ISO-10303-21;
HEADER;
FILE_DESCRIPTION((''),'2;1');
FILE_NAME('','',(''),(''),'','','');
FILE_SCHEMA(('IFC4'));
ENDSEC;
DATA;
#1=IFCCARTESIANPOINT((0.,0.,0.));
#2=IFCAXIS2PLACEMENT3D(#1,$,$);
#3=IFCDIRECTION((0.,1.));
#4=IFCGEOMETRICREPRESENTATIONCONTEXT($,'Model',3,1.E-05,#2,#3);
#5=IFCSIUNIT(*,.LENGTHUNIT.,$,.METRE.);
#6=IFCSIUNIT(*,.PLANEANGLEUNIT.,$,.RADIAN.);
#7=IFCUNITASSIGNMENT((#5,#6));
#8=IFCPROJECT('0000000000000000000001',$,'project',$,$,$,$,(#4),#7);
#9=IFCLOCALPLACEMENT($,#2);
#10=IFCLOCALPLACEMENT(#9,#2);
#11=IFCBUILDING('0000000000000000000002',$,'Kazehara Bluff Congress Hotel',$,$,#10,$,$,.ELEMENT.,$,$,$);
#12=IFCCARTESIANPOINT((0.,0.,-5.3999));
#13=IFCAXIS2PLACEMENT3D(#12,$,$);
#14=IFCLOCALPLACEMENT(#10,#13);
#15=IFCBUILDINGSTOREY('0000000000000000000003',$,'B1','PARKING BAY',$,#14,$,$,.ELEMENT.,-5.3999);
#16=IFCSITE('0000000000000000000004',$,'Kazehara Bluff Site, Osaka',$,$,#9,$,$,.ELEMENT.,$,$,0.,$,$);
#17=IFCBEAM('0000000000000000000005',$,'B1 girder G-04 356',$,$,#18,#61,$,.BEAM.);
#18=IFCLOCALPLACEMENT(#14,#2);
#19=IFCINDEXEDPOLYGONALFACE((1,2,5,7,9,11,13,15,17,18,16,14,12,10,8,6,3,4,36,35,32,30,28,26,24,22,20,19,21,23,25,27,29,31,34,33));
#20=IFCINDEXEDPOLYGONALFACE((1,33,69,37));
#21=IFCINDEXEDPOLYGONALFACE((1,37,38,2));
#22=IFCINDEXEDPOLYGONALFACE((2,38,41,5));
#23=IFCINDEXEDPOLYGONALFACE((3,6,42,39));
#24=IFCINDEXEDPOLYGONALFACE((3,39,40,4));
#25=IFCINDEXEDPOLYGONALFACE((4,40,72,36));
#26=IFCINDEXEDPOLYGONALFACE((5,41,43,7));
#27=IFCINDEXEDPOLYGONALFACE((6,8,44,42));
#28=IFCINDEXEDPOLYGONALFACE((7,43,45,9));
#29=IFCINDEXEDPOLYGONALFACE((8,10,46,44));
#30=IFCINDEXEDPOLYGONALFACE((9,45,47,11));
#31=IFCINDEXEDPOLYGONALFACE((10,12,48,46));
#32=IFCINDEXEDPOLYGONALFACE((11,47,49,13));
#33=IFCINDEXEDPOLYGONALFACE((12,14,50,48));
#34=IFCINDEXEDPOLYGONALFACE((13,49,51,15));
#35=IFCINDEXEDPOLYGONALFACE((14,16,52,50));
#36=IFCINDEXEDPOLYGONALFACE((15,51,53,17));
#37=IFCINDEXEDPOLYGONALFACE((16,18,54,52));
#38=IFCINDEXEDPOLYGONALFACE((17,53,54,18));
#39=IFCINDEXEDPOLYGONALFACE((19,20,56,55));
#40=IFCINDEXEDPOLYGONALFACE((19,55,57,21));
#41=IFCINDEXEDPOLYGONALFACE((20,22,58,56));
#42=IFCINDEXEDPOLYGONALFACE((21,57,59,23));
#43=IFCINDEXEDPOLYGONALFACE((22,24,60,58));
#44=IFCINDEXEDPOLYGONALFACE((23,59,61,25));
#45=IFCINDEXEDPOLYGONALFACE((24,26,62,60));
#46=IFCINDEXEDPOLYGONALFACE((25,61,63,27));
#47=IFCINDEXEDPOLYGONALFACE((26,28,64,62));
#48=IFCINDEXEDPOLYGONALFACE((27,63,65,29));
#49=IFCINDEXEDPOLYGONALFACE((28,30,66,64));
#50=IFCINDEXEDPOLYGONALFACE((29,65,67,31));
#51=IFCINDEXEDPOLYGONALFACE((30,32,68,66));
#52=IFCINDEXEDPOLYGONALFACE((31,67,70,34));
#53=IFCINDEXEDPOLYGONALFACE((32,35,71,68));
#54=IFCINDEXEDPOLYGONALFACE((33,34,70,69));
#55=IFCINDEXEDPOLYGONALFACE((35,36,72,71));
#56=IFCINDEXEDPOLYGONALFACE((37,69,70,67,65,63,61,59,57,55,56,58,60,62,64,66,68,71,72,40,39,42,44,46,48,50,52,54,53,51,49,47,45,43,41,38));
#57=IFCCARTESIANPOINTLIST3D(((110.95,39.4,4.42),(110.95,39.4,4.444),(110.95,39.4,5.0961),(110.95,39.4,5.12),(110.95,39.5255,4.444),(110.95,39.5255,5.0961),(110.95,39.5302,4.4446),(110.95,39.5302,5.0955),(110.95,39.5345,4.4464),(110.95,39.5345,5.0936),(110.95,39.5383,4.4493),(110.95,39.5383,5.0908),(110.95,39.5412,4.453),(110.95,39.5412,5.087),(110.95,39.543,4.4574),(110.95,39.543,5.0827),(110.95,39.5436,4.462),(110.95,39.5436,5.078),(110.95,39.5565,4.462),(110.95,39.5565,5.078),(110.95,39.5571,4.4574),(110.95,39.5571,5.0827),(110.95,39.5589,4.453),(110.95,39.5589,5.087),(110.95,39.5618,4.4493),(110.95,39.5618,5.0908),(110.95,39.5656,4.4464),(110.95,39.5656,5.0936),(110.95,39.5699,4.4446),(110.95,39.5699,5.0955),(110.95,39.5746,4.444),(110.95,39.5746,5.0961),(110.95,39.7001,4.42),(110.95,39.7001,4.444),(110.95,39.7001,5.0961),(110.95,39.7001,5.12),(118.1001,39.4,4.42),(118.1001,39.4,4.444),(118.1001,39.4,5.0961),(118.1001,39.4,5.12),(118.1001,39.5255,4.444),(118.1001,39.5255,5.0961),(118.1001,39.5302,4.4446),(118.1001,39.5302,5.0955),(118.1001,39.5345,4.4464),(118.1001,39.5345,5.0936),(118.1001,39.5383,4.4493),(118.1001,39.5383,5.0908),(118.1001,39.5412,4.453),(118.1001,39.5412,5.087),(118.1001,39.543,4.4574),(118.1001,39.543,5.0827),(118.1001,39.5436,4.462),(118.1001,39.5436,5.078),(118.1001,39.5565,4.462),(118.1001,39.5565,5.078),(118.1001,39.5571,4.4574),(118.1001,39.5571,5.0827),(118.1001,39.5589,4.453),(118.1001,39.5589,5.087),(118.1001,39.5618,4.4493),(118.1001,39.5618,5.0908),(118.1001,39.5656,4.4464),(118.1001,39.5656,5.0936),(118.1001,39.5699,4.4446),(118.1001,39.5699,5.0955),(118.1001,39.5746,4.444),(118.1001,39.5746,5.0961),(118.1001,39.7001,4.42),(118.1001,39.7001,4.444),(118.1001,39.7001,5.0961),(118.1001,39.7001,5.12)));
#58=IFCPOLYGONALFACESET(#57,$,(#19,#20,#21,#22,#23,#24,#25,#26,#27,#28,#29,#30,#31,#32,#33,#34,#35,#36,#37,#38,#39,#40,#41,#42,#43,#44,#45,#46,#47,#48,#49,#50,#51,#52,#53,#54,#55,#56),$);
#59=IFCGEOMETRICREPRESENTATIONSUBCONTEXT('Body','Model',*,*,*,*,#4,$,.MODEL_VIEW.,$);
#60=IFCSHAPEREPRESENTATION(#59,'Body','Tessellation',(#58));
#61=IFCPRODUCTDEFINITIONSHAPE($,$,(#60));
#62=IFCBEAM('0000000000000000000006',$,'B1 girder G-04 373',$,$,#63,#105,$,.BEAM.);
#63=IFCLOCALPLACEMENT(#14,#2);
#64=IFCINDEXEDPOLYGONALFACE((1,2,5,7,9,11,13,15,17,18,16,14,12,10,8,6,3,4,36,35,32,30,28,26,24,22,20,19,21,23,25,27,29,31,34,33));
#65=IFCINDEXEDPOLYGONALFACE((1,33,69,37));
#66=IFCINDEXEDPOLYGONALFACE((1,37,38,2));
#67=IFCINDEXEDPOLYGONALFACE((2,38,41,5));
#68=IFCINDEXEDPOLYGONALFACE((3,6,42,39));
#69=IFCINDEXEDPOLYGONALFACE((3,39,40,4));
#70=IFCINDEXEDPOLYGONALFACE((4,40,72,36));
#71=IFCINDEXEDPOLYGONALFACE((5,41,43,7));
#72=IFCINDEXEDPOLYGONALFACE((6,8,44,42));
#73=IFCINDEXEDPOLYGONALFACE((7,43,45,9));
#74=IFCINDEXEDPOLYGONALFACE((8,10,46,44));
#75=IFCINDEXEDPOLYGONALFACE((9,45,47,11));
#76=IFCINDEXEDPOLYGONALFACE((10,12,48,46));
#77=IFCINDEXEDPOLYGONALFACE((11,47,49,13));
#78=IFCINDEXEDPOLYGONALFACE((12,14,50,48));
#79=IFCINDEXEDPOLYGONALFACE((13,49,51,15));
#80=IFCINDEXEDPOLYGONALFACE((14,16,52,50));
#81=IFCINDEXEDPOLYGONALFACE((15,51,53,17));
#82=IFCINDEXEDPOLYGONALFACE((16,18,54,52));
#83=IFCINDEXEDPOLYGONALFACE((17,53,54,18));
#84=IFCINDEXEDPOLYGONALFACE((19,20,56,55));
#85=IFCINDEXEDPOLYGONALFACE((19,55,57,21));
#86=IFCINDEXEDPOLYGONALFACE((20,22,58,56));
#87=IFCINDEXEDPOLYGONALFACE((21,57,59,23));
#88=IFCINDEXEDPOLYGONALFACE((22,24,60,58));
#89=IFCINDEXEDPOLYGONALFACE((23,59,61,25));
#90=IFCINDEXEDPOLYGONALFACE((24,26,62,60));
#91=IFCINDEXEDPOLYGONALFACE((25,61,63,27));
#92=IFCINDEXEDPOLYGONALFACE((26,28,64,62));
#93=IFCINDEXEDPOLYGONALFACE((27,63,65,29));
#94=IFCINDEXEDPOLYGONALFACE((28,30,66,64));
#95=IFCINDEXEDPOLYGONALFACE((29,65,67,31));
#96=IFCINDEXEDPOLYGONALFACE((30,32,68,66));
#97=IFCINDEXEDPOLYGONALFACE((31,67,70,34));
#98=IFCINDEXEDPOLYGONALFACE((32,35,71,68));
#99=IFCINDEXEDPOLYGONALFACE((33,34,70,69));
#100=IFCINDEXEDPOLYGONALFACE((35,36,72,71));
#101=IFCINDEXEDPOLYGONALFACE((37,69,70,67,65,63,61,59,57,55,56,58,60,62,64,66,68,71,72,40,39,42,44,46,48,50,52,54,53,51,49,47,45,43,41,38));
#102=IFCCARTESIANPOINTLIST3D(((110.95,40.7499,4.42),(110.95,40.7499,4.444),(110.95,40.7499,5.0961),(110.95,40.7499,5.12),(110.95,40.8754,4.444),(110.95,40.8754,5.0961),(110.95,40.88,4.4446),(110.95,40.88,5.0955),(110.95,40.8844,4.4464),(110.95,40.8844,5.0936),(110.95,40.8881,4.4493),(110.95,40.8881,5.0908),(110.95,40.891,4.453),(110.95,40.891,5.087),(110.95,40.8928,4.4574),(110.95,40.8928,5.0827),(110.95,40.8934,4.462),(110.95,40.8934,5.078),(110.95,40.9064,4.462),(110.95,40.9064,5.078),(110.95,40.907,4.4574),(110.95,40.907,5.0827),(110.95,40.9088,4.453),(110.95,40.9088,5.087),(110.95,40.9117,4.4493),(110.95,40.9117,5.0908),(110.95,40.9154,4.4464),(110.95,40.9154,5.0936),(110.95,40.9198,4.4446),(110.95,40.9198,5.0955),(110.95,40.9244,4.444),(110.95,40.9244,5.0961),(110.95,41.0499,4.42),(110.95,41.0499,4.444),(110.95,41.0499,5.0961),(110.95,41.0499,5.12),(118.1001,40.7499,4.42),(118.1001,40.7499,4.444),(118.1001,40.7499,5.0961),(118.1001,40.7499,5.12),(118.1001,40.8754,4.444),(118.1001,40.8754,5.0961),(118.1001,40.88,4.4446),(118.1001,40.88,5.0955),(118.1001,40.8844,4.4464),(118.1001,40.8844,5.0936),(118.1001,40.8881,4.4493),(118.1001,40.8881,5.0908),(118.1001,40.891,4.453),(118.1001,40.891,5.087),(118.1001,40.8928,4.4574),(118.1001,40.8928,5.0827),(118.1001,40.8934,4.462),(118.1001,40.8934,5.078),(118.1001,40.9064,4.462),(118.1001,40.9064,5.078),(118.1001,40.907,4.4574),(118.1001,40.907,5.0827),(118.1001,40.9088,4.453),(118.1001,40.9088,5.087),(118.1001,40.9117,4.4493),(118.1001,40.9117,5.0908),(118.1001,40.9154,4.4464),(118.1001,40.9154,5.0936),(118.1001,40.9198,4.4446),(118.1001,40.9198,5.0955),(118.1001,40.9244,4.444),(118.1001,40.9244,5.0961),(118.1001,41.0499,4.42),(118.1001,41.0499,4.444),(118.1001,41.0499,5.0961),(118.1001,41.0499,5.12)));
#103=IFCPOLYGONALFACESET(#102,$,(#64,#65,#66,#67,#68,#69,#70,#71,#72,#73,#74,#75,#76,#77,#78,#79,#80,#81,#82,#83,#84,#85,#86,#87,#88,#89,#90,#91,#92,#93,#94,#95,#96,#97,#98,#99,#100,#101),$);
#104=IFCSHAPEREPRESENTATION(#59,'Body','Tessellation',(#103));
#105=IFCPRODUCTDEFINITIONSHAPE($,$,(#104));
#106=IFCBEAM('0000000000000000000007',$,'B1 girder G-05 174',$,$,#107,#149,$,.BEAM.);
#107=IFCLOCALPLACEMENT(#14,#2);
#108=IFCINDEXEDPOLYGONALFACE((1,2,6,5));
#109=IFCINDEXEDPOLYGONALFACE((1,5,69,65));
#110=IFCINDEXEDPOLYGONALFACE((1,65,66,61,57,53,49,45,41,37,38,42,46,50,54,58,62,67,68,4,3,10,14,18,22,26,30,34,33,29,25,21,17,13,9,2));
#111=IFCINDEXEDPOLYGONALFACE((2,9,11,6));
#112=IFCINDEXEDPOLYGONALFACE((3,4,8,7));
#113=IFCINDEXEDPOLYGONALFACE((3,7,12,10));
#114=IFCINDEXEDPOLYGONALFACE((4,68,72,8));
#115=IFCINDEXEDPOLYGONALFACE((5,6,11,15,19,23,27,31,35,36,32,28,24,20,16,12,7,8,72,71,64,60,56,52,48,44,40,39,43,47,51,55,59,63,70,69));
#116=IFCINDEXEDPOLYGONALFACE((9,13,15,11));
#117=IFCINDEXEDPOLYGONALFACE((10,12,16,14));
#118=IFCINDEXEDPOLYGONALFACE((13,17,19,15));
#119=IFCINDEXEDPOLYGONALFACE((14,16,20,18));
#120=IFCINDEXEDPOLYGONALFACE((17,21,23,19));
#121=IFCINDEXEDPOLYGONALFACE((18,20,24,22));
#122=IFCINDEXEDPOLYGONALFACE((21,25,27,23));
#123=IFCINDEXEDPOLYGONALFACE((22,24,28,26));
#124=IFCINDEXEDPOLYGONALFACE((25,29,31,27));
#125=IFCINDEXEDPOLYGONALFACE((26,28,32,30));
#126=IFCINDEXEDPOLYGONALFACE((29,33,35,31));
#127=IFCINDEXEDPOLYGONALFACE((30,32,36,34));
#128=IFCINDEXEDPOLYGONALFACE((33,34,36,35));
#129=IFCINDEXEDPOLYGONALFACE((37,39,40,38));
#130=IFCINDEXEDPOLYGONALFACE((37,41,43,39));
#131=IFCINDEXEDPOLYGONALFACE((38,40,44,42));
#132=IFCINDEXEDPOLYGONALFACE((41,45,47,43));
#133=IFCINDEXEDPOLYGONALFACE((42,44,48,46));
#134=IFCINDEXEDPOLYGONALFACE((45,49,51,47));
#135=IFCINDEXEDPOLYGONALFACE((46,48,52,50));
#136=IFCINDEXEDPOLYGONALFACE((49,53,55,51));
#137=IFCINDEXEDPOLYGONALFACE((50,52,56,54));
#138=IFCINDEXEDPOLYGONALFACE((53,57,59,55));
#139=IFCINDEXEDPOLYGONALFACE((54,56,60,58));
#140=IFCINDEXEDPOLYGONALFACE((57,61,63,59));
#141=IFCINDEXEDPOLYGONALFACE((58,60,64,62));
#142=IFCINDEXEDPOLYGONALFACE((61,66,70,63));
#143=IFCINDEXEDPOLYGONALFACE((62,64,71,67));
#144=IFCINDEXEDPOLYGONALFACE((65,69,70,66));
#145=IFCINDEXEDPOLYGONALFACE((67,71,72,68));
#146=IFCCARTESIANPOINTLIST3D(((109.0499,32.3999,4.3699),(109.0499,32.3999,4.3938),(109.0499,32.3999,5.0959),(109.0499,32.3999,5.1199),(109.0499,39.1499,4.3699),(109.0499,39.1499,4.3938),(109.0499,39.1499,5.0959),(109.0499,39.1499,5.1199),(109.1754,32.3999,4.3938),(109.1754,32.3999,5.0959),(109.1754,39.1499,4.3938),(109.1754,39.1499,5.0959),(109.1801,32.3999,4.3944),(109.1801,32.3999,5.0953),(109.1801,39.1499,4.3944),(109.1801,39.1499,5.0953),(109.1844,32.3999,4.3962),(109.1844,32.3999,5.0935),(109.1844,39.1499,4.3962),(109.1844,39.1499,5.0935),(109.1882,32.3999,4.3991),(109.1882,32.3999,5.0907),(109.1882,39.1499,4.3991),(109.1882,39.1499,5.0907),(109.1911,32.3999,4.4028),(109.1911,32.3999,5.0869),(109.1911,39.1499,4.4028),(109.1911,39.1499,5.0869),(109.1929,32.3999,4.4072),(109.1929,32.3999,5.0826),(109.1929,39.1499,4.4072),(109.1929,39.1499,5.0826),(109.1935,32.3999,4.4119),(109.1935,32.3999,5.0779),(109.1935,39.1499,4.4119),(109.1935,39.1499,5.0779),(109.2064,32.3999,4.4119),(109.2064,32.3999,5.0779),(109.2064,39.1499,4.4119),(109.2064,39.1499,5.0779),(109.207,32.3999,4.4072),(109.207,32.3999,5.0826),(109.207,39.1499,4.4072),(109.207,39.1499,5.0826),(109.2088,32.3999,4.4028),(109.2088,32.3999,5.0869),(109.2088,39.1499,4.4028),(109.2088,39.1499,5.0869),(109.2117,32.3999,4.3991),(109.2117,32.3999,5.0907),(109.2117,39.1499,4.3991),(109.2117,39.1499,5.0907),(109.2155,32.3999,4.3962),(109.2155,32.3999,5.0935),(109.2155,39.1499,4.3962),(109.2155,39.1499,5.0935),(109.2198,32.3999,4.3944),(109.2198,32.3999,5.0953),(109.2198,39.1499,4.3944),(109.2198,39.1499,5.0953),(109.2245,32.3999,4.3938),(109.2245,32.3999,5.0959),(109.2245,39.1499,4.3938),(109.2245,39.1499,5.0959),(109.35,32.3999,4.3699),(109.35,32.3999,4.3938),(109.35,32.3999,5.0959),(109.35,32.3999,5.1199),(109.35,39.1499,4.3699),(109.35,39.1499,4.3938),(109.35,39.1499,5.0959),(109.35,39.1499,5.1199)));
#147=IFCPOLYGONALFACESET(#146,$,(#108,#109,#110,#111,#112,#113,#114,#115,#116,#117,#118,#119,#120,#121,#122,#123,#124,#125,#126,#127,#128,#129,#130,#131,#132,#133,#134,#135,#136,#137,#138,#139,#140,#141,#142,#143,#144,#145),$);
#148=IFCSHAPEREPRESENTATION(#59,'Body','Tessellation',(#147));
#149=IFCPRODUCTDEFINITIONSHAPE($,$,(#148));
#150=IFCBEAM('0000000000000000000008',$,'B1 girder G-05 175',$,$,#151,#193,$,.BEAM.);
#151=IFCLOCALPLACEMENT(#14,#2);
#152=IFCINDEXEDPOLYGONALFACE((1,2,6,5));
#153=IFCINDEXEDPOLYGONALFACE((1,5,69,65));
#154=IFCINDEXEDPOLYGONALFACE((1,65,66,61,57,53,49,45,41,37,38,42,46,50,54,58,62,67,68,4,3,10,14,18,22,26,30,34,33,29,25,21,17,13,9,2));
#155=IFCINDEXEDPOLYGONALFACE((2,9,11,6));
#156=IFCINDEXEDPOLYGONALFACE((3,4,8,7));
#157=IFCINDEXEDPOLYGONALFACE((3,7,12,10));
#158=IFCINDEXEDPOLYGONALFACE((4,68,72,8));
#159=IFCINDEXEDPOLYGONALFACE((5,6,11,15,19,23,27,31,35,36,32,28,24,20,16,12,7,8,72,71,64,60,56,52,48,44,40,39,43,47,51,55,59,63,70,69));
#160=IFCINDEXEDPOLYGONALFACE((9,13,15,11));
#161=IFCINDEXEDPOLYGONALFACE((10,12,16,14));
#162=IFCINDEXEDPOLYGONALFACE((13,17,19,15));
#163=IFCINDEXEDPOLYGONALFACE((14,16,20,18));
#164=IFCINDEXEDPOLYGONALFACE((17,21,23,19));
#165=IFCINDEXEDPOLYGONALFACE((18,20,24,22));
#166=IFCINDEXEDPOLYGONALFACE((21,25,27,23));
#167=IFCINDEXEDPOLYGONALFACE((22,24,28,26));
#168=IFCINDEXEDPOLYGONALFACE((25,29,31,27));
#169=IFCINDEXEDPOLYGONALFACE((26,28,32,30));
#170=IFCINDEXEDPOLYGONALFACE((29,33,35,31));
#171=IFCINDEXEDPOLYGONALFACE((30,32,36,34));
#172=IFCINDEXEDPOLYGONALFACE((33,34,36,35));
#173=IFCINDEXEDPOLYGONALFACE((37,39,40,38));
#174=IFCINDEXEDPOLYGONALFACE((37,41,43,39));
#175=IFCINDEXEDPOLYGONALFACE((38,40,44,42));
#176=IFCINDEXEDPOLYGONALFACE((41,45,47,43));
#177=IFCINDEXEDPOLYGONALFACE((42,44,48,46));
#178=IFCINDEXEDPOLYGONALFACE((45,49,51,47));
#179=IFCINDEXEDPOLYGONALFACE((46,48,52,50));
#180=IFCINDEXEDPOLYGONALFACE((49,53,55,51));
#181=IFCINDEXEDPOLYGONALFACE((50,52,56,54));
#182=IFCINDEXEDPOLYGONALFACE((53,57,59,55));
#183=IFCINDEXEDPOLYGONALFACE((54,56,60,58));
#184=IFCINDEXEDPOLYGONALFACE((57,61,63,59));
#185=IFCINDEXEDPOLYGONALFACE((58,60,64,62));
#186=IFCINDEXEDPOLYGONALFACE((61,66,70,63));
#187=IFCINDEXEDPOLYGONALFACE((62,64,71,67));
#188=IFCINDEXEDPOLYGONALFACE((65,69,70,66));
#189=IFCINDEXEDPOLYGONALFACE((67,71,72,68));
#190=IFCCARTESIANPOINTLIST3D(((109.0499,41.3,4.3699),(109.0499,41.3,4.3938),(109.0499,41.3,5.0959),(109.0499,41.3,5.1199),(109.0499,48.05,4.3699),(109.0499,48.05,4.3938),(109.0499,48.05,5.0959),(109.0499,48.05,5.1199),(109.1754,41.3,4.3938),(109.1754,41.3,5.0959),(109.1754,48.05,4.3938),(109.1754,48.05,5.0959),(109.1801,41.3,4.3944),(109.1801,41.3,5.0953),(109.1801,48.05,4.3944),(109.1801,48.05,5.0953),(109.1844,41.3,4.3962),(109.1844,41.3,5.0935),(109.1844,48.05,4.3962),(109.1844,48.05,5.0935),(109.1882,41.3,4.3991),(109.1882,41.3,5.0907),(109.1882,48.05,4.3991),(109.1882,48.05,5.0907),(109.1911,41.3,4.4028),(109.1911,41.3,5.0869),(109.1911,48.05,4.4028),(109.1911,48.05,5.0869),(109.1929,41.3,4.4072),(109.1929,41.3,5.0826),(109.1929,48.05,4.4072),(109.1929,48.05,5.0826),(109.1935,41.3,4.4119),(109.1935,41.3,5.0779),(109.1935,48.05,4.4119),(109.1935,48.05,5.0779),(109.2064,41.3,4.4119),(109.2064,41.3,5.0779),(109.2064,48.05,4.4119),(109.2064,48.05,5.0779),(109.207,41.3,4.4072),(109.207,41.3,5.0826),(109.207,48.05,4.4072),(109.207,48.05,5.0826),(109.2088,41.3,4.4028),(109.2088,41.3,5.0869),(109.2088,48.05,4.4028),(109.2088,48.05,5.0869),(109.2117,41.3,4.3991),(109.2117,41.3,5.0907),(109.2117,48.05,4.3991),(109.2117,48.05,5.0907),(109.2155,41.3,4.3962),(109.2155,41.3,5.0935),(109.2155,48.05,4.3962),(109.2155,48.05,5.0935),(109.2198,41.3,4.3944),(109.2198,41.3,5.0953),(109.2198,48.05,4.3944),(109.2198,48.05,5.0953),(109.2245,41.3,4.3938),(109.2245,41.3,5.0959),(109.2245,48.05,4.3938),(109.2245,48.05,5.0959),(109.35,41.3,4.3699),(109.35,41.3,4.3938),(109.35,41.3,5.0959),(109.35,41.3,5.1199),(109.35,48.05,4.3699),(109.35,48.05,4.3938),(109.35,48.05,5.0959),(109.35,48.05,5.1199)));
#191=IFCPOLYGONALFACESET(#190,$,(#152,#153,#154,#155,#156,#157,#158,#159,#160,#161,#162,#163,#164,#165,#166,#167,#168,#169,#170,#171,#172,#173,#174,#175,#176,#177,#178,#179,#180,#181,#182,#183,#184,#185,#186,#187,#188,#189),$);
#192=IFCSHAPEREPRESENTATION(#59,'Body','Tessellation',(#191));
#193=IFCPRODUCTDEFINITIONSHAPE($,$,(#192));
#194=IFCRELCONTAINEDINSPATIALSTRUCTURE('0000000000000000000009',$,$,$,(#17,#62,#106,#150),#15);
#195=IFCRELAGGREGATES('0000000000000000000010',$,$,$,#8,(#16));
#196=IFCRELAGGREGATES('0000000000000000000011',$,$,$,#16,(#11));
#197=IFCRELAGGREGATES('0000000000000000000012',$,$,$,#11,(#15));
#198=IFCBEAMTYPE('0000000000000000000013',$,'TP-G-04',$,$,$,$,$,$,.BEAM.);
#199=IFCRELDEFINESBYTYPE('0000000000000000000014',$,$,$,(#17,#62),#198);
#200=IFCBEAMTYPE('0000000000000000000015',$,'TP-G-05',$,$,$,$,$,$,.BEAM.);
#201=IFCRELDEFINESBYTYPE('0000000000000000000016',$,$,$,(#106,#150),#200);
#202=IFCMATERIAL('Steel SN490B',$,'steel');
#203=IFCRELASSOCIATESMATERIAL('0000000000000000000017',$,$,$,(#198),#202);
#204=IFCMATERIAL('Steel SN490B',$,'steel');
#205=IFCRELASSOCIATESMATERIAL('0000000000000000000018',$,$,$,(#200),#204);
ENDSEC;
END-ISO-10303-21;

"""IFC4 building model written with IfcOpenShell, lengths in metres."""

from ifc_helpers import new_model, si_unit, direction, frame, origin, origin_2d, place, context, subcontext, project, spatial, i_section, extrude, material, material_profile, profile_set, type_object, element, save


model = new_model("IFC4")

# Units and contexts
model_context = context("Model", 3, precision=1e-05, world=origin(), true_north=direction((0.0, 1.0)))
body_context = subcontext(model_context, "Body", "Model", "MODEL_VIEW")
ifc_project = project(units=[si_unit("LENGTHUNIT", "METRE"), si_unit("PLANEANGLEUNIT", "RADIAN")], contexts=[model_context])

# Site, building, storey
site_placement = place(None, origin())
site = spatial("IfcSite", under=ifc_project, at=site_placement, Name="Kazehara Bluff Site, Osaka", CompositionType="ELEMENT", RefElevation=0.0)
building_placement = place(site_placement, origin())
building = spatial("IfcBuilding", under=site, at=building_placement, Name="Kazehara Bluff Congress Hotel", CompositionType="ELEMENT")
storey_placement = place(building_placement, frame((0.0, 0.0, -5.3999)))
storey = spatial("IfcBuildingStorey", under=building, at=storey_placement, Name="B1", Description="PARKING BAY", CompositionType="ELEMENT", Elevation=-5.3999)

# Beams
ifc_material_1 = material(Name="Steel SN490B", Category="steel")
ifc_material_profile_1 = material_profile(ifc_material_1, i_section(OverallWidth=0.3, OverallDepth=0.7, WebThickness=0.0129, FlangeThickness=0.0239, FilletRadius=0.0181, at=origin_2d()))
ifc_profile_set_1 = profile_set([ifc_material_profile_1], Name="Steel SN490B")
beam_type_1 = type_object("IfcBeamType", Name="TP-G-04", PredefinedType="BEAM", material=ifc_profile_set_1)
for number, where, z_axis, x_axis, name in (
    (1, (110.95, 39.55, 4.77), (1.0, 0.0, 0.0), (0.0, 1.0, 0.0), "B1 girder G-04 356"),
    (2, (110.95, 40.8999, 4.77), (1.0, 0.0, 0.0), (0.0, 1.0, 0.0), "B1 girder G-04 373"),
):
    element("IfcBeam", number, at=place(storey_placement, frame(where, z_axis=z_axis, x_axis=x_axis)), inside=storey, type_object=beam_type_1, Name=name, PredefinedType="BEAM", context=body_context, shape_type="SweptSolid", body=[
        extrude(i_section(OverallWidth=0.3, OverallDepth=0.7, WebThickness=0.0129, FlangeThickness=0.0239, FilletRadius=0.0181, at=origin_2d()), origin(), (0.0, 0.0, 1.0), 7.1501),
    ])
ifc_material_2 = material(Name="Steel SN490B", Category="steel")
ifc_material_profile_2 = material_profile(ifc_material_2, i_section(OverallWidth=0.3, OverallDepth=0.75, WebThickness=0.0129, FlangeThickness=0.0239, FilletRadius=0.0181, at=origin_2d()))
ifc_profile_set_2 = profile_set([ifc_material_profile_2], Name="Steel SN490B")
beam_type_2 = type_object("IfcBeamType", Name="TP-G-05", PredefinedType="BEAM", material=ifc_profile_set_2)
for number, where, z_axis, x_axis, name in (
    (3, (109.2, 32.3999, 4.7449), (0.0, 1.0, 0.0), (-1.0, 0.0, 0.0), "B1 girder G-05 174"),
    (4, (109.2, 41.3, 4.7449), (0.0, 1.0, 0.0), (-1.0, 0.0, 0.0), "B1 girder G-05 175"),
):
    element("IfcBeam", number, at=place(storey_placement, frame(where, z_axis=z_axis, x_axis=x_axis)), inside=storey, type_object=beam_type_2, Name=name, PredefinedType="BEAM", context=body_context, shape_type="SweptSolid", body=[
        extrude(i_section(OverallWidth=0.3, OverallDepth=0.75, WebThickness=0.0129, FlangeThickness=0.0239, FilletRadius=0.0181, at=origin_2d()), origin(), (0.0, 0.0, 1.0), 6.75),
    ])

save(model, "model.ifc")
